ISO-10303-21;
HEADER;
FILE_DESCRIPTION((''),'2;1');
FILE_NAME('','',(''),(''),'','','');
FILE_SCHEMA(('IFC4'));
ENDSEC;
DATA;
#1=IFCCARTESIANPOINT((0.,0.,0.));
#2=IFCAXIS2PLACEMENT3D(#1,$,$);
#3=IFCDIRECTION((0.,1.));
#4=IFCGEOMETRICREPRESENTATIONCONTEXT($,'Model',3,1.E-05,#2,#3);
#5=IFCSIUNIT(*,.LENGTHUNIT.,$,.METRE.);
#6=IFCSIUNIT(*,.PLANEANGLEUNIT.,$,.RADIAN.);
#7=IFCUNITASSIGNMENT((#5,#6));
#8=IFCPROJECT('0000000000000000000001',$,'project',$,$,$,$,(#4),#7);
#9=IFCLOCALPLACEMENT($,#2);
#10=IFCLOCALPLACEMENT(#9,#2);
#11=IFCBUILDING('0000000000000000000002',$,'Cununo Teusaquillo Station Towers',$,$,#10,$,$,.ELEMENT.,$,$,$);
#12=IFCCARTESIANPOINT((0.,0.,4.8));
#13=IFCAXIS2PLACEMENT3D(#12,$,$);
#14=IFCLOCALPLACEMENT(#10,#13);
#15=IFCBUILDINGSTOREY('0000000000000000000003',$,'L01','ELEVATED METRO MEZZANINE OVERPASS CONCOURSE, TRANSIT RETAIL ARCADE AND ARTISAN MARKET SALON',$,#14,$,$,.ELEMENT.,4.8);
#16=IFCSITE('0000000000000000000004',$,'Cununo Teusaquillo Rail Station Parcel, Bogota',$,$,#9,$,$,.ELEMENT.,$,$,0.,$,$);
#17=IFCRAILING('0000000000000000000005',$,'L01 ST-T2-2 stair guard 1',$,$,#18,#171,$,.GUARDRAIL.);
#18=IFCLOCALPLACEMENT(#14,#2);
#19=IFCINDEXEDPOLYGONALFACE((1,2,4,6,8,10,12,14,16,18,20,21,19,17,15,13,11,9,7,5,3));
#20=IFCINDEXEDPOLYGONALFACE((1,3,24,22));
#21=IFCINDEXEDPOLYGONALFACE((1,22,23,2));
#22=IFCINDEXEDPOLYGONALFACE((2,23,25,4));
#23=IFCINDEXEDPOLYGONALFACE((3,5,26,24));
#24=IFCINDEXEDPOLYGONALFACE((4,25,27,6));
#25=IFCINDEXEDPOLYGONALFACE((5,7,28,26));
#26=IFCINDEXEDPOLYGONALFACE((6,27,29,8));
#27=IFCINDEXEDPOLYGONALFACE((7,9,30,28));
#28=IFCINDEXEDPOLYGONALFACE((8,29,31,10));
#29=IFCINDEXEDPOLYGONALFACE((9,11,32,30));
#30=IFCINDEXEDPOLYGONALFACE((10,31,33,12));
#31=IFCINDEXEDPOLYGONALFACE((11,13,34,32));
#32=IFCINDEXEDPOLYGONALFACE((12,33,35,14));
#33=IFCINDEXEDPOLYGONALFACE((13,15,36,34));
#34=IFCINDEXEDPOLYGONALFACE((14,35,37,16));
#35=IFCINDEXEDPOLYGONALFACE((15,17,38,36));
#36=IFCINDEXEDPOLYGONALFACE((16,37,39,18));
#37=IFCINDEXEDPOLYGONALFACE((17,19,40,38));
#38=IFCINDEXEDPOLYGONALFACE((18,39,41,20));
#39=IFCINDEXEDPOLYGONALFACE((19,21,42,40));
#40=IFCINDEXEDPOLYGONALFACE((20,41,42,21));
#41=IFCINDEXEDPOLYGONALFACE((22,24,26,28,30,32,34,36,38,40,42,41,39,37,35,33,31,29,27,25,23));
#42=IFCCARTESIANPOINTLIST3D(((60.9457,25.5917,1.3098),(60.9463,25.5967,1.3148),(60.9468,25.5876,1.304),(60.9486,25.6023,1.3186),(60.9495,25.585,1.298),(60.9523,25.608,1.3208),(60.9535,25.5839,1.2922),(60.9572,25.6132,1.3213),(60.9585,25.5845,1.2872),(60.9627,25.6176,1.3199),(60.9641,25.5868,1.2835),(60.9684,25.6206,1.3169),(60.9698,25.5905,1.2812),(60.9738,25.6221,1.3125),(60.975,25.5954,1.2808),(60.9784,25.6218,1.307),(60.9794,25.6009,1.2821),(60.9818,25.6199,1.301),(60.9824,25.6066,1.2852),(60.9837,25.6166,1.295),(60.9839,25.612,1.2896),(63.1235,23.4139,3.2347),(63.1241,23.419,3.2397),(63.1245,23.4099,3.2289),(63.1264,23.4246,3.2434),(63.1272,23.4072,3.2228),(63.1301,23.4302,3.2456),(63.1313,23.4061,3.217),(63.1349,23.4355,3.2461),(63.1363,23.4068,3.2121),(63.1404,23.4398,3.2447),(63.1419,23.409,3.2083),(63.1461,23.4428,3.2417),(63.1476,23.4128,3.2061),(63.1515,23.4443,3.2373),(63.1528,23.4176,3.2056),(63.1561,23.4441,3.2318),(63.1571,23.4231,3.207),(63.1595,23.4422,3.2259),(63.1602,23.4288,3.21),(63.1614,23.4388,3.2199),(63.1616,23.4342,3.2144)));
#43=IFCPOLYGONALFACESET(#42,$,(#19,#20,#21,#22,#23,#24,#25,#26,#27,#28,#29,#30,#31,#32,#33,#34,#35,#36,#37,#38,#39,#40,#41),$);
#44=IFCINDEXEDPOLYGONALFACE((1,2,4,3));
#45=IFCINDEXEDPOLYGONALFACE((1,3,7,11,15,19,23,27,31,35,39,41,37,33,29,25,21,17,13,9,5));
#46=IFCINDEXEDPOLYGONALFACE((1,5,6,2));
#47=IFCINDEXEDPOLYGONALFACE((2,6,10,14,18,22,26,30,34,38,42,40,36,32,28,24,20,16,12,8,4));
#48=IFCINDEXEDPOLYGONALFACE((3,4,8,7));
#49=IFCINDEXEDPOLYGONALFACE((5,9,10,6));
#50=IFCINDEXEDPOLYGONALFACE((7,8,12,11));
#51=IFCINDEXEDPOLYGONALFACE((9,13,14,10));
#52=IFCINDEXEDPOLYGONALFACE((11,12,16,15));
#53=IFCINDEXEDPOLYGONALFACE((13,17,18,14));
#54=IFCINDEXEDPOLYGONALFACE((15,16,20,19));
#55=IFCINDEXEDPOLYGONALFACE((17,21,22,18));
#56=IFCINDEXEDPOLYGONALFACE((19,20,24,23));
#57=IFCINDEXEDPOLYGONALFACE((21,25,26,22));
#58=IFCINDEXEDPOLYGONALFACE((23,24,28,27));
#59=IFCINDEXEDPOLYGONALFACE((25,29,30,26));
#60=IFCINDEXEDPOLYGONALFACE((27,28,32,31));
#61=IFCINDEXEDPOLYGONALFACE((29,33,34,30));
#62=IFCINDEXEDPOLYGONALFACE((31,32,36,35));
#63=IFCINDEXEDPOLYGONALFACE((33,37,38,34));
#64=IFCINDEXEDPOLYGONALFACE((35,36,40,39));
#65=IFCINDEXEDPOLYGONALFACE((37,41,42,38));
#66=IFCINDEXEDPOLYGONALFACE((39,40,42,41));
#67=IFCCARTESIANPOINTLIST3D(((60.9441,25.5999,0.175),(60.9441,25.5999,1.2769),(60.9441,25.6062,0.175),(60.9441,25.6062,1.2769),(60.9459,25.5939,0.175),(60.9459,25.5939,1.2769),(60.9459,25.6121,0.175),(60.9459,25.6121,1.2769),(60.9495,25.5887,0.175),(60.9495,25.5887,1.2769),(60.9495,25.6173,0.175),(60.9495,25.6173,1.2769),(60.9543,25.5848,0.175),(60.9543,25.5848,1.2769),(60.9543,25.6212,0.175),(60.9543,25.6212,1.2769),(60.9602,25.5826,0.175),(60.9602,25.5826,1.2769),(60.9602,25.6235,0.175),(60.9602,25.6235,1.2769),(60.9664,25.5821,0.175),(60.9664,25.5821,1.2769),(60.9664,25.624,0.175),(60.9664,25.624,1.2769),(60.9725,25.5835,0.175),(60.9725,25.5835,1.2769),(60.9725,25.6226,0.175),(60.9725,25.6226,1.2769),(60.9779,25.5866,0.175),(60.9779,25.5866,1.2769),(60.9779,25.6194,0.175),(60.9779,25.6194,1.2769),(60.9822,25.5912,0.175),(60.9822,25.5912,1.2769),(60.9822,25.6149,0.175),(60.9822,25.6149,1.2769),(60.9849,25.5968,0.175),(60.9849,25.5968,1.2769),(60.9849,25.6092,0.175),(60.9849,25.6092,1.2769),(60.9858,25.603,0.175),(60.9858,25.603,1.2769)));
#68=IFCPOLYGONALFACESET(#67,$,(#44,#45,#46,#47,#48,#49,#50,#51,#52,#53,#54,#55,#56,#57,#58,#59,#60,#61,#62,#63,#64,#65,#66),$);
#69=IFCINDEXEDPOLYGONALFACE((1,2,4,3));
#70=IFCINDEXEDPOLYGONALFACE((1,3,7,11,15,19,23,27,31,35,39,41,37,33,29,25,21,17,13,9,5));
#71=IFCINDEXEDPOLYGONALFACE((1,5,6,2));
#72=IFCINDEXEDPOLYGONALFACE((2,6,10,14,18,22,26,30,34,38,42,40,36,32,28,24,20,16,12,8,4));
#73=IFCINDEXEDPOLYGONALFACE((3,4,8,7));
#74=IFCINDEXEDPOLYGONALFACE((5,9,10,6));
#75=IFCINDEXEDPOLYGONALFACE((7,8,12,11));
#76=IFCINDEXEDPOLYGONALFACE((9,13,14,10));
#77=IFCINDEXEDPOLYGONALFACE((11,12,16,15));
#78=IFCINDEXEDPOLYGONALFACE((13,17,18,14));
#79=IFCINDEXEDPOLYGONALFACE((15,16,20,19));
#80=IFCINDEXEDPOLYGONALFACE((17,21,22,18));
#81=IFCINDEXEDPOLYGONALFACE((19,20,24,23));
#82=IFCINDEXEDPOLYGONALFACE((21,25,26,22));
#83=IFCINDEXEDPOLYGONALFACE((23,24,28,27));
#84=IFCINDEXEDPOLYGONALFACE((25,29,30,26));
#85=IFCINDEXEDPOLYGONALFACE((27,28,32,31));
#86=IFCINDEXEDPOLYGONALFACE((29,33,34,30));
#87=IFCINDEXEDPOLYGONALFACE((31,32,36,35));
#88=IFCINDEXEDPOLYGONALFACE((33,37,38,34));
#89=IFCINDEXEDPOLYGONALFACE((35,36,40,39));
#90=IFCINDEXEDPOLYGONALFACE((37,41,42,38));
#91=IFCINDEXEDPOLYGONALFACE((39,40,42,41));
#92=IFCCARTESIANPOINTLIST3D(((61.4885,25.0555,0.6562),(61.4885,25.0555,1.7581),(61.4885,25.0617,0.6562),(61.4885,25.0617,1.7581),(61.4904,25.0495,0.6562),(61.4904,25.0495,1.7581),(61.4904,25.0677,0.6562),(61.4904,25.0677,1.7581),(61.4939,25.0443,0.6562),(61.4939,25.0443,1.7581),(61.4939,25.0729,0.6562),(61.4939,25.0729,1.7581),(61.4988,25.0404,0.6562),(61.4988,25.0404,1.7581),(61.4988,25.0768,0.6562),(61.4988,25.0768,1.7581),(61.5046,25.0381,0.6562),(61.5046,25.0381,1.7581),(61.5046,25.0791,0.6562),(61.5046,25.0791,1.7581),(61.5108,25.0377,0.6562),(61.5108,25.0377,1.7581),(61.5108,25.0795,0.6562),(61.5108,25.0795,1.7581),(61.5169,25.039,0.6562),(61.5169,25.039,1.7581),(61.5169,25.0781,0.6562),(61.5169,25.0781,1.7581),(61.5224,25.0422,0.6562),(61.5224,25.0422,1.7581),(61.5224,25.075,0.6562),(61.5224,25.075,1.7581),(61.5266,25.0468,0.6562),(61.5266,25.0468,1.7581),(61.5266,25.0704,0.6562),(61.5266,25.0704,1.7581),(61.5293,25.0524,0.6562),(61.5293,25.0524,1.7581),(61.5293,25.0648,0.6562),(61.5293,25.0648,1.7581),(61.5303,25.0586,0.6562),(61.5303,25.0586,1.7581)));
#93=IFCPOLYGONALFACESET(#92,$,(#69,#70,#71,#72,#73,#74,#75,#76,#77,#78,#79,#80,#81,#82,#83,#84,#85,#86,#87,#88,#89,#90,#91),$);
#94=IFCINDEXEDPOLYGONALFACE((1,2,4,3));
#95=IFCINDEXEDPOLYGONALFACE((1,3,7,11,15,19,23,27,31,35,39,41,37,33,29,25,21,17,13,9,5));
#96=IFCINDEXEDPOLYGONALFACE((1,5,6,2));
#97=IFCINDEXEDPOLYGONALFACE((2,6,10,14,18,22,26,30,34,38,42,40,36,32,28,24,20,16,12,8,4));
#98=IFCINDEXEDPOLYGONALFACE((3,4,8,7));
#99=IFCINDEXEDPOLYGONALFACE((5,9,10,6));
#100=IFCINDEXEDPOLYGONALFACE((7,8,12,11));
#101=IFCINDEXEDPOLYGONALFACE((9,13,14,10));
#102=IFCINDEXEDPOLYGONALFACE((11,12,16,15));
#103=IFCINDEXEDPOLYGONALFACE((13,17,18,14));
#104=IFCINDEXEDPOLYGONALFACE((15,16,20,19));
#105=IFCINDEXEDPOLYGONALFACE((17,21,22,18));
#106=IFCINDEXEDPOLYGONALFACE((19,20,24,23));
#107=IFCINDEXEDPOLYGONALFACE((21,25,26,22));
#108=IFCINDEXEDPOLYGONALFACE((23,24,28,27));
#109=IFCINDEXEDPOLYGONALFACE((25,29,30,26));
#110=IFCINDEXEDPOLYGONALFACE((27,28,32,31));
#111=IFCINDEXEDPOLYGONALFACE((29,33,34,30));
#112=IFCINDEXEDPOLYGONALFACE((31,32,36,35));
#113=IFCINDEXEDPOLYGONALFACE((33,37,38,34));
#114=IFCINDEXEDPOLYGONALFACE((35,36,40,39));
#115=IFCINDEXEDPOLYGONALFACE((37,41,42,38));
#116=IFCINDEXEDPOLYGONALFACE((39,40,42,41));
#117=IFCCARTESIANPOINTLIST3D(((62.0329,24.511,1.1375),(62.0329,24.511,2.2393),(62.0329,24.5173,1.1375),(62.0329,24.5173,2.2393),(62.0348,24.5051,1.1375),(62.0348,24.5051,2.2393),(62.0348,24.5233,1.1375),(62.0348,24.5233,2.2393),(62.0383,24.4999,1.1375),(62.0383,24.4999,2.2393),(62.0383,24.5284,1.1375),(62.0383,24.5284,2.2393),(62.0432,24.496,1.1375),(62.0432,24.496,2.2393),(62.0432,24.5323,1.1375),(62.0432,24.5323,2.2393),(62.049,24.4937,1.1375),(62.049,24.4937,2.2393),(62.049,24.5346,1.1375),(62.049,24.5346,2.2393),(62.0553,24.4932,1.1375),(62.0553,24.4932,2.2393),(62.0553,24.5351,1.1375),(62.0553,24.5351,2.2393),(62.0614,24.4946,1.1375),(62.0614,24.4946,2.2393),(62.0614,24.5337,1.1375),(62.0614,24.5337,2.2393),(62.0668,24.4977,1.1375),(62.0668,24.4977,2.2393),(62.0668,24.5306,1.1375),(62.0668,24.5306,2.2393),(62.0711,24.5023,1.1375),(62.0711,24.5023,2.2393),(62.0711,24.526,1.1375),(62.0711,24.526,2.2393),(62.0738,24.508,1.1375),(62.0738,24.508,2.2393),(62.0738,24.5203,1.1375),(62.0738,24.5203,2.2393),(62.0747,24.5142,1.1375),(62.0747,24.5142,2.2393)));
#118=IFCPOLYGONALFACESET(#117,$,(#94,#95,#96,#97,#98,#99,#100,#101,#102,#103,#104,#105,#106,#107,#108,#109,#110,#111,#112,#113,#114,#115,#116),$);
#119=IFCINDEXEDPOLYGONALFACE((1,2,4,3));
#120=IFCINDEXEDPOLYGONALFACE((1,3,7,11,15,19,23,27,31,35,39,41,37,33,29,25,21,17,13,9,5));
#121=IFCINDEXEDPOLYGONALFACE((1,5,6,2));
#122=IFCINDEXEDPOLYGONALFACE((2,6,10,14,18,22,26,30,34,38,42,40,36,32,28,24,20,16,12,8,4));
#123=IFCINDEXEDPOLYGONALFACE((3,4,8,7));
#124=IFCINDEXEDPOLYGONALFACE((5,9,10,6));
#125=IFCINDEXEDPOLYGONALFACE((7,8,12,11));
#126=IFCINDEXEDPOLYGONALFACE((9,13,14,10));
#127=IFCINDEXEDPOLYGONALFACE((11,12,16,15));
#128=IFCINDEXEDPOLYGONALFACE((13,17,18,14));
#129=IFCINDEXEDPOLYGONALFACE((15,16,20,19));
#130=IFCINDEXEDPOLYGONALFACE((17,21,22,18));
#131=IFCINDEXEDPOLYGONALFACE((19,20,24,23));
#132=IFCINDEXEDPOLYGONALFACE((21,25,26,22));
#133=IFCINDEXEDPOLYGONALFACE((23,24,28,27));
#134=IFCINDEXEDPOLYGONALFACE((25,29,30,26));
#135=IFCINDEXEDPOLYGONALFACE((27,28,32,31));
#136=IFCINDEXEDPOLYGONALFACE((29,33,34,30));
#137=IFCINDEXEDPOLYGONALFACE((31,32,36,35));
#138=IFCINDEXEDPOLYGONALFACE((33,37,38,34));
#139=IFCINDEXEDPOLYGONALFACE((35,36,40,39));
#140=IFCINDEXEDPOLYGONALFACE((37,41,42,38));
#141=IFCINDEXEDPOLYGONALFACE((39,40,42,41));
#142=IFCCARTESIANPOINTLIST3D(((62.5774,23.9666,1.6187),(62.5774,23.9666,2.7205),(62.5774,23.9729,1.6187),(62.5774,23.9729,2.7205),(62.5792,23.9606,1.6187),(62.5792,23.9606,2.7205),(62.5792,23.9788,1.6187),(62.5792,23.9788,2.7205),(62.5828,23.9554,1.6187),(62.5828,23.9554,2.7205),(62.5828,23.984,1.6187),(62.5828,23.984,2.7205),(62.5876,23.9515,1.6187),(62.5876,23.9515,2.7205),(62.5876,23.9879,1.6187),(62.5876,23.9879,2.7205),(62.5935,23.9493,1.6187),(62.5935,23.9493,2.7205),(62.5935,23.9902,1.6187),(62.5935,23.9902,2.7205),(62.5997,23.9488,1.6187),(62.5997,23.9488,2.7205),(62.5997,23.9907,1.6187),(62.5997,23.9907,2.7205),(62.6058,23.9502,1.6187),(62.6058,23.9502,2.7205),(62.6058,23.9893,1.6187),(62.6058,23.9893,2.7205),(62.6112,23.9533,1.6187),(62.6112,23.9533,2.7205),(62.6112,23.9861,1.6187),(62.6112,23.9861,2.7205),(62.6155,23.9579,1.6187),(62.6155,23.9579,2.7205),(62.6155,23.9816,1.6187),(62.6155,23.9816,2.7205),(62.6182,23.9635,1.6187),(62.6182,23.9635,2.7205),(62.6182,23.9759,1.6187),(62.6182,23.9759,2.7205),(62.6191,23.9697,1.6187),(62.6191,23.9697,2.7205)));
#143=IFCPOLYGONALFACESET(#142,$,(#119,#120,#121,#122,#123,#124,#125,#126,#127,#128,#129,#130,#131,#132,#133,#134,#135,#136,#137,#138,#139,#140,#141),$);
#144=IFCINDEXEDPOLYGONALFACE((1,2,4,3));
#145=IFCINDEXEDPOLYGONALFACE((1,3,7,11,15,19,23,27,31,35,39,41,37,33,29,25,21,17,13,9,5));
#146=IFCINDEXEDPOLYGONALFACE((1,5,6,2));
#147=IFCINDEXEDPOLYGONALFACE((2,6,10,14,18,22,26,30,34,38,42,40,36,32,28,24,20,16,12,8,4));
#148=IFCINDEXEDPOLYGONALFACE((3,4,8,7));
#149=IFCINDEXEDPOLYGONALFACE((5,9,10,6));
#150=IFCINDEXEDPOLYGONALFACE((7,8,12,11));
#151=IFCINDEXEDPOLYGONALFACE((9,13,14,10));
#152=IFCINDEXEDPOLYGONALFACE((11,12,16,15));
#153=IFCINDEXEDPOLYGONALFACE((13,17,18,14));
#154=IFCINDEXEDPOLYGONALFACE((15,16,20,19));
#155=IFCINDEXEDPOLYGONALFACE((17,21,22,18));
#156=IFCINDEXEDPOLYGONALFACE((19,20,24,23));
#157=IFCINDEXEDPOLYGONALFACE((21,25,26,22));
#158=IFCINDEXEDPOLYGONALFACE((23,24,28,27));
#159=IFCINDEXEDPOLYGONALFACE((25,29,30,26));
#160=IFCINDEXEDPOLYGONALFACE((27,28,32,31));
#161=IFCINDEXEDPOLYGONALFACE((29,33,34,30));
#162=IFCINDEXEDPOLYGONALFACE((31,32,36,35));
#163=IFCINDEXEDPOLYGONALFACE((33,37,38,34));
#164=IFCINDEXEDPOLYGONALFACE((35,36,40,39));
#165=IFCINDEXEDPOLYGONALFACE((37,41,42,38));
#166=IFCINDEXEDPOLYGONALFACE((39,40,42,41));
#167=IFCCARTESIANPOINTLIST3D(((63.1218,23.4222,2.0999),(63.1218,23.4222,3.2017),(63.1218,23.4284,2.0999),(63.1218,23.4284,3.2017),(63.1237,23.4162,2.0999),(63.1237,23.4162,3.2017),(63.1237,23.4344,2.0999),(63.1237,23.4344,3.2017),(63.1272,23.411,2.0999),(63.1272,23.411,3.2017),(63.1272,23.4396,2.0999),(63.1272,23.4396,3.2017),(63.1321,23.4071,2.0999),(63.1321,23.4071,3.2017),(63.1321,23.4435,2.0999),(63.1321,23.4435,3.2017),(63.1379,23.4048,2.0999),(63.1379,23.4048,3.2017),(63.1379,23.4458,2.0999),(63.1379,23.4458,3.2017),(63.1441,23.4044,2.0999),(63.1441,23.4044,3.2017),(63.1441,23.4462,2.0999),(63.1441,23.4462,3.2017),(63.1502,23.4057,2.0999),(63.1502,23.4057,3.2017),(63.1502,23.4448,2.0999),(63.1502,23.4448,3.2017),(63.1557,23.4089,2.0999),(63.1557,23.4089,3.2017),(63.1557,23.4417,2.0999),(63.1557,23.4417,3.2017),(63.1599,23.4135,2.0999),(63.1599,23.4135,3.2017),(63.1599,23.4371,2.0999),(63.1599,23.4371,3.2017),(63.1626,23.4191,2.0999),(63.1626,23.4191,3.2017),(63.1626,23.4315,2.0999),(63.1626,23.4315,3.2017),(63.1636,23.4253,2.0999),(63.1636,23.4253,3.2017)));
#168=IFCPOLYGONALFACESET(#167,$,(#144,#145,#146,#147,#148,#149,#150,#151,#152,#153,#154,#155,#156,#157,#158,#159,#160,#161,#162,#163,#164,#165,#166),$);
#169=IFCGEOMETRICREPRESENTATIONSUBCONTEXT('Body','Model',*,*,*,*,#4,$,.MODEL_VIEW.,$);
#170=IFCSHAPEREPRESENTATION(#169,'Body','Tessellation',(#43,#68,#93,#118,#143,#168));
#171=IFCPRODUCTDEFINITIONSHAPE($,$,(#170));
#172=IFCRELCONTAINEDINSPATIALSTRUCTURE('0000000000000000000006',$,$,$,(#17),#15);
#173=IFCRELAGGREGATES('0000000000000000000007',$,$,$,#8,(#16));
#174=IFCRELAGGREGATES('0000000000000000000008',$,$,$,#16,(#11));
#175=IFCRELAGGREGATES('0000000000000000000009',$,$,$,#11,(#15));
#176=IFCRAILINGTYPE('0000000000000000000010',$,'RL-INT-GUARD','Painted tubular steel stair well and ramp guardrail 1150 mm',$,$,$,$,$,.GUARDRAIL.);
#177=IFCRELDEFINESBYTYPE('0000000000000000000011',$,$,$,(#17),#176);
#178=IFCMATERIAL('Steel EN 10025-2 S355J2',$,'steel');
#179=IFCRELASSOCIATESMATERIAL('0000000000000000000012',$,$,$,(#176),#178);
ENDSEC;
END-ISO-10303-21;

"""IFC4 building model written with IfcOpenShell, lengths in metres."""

from ifc_helpers import new_model, si_unit, direction, frame, origin, origin_2d, place, context, subcontext, project, spatial, circle, extrude, material, type_object, element, save


model = new_model("IFC4")

# Units and contexts
model_context = context("Model", 3, precision=1e-05, world=origin(), true_north=direction((0.0, 1.0)))
body_context = subcontext(model_context, "Body", "Model", "MODEL_VIEW")
ifc_project = project(units=[si_unit("LENGTHUNIT", "METRE"), si_unit("PLANEANGLEUNIT", "RADIAN")], contexts=[model_context])

# Site, building, storey
site_placement = place(None, origin())
site = spatial("IfcSite", under=ifc_project, at=site_placement, Name="Cununo Teusaquillo Rail Station Parcel, Bogota", CompositionType="ELEMENT", RefElevation=0.0)
building_placement = place(site_placement, origin())
building = spatial("IfcBuilding", under=site, at=building_placement, Name="Cununo Teusaquillo Station Towers", CompositionType="ELEMENT")
storey_placement = place(building_placement, frame((0.0, 0.0, 4.8)))
storey = spatial("IfcBuildingStorey", under=building, at=storey_placement, Name="L01", Description="ELEVATED METRO MEZZANINE OVERPASS CONCOURSE, TRANSIT RETAIL ARCADE AND ARTISAN MARKET SALON", CompositionType="ELEMENT", Elevation=4.8)

# Railing
ifc_material_1 = material(Name="Steel EN 10025-2 S355J2", Category="steel")
railing_type_1 = type_object("IfcRailingType", Name="RL-INT-GUARD", Description="Painted tubular steel stair well and ramp guardrail 1150 mm", PredefinedType="GUARDRAIL", material=ifc_material_1)
railing_1_placement = place(storey_placement, frame((60.9648, 25.603, 0.175)))
element("IfcRailing", 1, at=railing_1_placement, inside=storey, type_object=railing_type_1, Name="L01 ST-T2-2 stair guard 1", PredefinedType="GUARDRAIL", context=body_context, shape_type="SweptSolid", body=[
    extrude(circle(Radius=0.0239, at=origin_2d()), frame((0.0, 0.0, 1.126), z_axis=(0.59963, -0.59963, 0.529987), x_axis=(0.707107, 0.707107, 0.0)), (0.0, 0.0, 1.0), 3.6318),
    extrude(circle(Radius=0.021, at=origin_2d()), origin(), (0.0, 0.0, 1.0), 1.1018),
    extrude(circle(Radius=0.021, at=origin_2d()), frame((0.5444, -0.5444, 0.4812)), (0.0, 0.0, 1.0), 1.1018),
    extrude(circle(Radius=0.021, at=origin_2d()), frame((1.0889, -1.0889, 0.9624)), (0.0, 0.0, 1.0), 1.1018),
    extrude(circle(Radius=0.021, at=origin_2d()), frame((1.6333, -1.6333, 1.4436)), (0.0, 0.0, 1.0), 1.1018),
    extrude(circle(Radius=0.021, at=origin_2d()), frame((2.1777, -2.1777, 1.9248)), (0.0, 0.0, 1.0), 1.1018),
])

save(model, "model.ifc")
